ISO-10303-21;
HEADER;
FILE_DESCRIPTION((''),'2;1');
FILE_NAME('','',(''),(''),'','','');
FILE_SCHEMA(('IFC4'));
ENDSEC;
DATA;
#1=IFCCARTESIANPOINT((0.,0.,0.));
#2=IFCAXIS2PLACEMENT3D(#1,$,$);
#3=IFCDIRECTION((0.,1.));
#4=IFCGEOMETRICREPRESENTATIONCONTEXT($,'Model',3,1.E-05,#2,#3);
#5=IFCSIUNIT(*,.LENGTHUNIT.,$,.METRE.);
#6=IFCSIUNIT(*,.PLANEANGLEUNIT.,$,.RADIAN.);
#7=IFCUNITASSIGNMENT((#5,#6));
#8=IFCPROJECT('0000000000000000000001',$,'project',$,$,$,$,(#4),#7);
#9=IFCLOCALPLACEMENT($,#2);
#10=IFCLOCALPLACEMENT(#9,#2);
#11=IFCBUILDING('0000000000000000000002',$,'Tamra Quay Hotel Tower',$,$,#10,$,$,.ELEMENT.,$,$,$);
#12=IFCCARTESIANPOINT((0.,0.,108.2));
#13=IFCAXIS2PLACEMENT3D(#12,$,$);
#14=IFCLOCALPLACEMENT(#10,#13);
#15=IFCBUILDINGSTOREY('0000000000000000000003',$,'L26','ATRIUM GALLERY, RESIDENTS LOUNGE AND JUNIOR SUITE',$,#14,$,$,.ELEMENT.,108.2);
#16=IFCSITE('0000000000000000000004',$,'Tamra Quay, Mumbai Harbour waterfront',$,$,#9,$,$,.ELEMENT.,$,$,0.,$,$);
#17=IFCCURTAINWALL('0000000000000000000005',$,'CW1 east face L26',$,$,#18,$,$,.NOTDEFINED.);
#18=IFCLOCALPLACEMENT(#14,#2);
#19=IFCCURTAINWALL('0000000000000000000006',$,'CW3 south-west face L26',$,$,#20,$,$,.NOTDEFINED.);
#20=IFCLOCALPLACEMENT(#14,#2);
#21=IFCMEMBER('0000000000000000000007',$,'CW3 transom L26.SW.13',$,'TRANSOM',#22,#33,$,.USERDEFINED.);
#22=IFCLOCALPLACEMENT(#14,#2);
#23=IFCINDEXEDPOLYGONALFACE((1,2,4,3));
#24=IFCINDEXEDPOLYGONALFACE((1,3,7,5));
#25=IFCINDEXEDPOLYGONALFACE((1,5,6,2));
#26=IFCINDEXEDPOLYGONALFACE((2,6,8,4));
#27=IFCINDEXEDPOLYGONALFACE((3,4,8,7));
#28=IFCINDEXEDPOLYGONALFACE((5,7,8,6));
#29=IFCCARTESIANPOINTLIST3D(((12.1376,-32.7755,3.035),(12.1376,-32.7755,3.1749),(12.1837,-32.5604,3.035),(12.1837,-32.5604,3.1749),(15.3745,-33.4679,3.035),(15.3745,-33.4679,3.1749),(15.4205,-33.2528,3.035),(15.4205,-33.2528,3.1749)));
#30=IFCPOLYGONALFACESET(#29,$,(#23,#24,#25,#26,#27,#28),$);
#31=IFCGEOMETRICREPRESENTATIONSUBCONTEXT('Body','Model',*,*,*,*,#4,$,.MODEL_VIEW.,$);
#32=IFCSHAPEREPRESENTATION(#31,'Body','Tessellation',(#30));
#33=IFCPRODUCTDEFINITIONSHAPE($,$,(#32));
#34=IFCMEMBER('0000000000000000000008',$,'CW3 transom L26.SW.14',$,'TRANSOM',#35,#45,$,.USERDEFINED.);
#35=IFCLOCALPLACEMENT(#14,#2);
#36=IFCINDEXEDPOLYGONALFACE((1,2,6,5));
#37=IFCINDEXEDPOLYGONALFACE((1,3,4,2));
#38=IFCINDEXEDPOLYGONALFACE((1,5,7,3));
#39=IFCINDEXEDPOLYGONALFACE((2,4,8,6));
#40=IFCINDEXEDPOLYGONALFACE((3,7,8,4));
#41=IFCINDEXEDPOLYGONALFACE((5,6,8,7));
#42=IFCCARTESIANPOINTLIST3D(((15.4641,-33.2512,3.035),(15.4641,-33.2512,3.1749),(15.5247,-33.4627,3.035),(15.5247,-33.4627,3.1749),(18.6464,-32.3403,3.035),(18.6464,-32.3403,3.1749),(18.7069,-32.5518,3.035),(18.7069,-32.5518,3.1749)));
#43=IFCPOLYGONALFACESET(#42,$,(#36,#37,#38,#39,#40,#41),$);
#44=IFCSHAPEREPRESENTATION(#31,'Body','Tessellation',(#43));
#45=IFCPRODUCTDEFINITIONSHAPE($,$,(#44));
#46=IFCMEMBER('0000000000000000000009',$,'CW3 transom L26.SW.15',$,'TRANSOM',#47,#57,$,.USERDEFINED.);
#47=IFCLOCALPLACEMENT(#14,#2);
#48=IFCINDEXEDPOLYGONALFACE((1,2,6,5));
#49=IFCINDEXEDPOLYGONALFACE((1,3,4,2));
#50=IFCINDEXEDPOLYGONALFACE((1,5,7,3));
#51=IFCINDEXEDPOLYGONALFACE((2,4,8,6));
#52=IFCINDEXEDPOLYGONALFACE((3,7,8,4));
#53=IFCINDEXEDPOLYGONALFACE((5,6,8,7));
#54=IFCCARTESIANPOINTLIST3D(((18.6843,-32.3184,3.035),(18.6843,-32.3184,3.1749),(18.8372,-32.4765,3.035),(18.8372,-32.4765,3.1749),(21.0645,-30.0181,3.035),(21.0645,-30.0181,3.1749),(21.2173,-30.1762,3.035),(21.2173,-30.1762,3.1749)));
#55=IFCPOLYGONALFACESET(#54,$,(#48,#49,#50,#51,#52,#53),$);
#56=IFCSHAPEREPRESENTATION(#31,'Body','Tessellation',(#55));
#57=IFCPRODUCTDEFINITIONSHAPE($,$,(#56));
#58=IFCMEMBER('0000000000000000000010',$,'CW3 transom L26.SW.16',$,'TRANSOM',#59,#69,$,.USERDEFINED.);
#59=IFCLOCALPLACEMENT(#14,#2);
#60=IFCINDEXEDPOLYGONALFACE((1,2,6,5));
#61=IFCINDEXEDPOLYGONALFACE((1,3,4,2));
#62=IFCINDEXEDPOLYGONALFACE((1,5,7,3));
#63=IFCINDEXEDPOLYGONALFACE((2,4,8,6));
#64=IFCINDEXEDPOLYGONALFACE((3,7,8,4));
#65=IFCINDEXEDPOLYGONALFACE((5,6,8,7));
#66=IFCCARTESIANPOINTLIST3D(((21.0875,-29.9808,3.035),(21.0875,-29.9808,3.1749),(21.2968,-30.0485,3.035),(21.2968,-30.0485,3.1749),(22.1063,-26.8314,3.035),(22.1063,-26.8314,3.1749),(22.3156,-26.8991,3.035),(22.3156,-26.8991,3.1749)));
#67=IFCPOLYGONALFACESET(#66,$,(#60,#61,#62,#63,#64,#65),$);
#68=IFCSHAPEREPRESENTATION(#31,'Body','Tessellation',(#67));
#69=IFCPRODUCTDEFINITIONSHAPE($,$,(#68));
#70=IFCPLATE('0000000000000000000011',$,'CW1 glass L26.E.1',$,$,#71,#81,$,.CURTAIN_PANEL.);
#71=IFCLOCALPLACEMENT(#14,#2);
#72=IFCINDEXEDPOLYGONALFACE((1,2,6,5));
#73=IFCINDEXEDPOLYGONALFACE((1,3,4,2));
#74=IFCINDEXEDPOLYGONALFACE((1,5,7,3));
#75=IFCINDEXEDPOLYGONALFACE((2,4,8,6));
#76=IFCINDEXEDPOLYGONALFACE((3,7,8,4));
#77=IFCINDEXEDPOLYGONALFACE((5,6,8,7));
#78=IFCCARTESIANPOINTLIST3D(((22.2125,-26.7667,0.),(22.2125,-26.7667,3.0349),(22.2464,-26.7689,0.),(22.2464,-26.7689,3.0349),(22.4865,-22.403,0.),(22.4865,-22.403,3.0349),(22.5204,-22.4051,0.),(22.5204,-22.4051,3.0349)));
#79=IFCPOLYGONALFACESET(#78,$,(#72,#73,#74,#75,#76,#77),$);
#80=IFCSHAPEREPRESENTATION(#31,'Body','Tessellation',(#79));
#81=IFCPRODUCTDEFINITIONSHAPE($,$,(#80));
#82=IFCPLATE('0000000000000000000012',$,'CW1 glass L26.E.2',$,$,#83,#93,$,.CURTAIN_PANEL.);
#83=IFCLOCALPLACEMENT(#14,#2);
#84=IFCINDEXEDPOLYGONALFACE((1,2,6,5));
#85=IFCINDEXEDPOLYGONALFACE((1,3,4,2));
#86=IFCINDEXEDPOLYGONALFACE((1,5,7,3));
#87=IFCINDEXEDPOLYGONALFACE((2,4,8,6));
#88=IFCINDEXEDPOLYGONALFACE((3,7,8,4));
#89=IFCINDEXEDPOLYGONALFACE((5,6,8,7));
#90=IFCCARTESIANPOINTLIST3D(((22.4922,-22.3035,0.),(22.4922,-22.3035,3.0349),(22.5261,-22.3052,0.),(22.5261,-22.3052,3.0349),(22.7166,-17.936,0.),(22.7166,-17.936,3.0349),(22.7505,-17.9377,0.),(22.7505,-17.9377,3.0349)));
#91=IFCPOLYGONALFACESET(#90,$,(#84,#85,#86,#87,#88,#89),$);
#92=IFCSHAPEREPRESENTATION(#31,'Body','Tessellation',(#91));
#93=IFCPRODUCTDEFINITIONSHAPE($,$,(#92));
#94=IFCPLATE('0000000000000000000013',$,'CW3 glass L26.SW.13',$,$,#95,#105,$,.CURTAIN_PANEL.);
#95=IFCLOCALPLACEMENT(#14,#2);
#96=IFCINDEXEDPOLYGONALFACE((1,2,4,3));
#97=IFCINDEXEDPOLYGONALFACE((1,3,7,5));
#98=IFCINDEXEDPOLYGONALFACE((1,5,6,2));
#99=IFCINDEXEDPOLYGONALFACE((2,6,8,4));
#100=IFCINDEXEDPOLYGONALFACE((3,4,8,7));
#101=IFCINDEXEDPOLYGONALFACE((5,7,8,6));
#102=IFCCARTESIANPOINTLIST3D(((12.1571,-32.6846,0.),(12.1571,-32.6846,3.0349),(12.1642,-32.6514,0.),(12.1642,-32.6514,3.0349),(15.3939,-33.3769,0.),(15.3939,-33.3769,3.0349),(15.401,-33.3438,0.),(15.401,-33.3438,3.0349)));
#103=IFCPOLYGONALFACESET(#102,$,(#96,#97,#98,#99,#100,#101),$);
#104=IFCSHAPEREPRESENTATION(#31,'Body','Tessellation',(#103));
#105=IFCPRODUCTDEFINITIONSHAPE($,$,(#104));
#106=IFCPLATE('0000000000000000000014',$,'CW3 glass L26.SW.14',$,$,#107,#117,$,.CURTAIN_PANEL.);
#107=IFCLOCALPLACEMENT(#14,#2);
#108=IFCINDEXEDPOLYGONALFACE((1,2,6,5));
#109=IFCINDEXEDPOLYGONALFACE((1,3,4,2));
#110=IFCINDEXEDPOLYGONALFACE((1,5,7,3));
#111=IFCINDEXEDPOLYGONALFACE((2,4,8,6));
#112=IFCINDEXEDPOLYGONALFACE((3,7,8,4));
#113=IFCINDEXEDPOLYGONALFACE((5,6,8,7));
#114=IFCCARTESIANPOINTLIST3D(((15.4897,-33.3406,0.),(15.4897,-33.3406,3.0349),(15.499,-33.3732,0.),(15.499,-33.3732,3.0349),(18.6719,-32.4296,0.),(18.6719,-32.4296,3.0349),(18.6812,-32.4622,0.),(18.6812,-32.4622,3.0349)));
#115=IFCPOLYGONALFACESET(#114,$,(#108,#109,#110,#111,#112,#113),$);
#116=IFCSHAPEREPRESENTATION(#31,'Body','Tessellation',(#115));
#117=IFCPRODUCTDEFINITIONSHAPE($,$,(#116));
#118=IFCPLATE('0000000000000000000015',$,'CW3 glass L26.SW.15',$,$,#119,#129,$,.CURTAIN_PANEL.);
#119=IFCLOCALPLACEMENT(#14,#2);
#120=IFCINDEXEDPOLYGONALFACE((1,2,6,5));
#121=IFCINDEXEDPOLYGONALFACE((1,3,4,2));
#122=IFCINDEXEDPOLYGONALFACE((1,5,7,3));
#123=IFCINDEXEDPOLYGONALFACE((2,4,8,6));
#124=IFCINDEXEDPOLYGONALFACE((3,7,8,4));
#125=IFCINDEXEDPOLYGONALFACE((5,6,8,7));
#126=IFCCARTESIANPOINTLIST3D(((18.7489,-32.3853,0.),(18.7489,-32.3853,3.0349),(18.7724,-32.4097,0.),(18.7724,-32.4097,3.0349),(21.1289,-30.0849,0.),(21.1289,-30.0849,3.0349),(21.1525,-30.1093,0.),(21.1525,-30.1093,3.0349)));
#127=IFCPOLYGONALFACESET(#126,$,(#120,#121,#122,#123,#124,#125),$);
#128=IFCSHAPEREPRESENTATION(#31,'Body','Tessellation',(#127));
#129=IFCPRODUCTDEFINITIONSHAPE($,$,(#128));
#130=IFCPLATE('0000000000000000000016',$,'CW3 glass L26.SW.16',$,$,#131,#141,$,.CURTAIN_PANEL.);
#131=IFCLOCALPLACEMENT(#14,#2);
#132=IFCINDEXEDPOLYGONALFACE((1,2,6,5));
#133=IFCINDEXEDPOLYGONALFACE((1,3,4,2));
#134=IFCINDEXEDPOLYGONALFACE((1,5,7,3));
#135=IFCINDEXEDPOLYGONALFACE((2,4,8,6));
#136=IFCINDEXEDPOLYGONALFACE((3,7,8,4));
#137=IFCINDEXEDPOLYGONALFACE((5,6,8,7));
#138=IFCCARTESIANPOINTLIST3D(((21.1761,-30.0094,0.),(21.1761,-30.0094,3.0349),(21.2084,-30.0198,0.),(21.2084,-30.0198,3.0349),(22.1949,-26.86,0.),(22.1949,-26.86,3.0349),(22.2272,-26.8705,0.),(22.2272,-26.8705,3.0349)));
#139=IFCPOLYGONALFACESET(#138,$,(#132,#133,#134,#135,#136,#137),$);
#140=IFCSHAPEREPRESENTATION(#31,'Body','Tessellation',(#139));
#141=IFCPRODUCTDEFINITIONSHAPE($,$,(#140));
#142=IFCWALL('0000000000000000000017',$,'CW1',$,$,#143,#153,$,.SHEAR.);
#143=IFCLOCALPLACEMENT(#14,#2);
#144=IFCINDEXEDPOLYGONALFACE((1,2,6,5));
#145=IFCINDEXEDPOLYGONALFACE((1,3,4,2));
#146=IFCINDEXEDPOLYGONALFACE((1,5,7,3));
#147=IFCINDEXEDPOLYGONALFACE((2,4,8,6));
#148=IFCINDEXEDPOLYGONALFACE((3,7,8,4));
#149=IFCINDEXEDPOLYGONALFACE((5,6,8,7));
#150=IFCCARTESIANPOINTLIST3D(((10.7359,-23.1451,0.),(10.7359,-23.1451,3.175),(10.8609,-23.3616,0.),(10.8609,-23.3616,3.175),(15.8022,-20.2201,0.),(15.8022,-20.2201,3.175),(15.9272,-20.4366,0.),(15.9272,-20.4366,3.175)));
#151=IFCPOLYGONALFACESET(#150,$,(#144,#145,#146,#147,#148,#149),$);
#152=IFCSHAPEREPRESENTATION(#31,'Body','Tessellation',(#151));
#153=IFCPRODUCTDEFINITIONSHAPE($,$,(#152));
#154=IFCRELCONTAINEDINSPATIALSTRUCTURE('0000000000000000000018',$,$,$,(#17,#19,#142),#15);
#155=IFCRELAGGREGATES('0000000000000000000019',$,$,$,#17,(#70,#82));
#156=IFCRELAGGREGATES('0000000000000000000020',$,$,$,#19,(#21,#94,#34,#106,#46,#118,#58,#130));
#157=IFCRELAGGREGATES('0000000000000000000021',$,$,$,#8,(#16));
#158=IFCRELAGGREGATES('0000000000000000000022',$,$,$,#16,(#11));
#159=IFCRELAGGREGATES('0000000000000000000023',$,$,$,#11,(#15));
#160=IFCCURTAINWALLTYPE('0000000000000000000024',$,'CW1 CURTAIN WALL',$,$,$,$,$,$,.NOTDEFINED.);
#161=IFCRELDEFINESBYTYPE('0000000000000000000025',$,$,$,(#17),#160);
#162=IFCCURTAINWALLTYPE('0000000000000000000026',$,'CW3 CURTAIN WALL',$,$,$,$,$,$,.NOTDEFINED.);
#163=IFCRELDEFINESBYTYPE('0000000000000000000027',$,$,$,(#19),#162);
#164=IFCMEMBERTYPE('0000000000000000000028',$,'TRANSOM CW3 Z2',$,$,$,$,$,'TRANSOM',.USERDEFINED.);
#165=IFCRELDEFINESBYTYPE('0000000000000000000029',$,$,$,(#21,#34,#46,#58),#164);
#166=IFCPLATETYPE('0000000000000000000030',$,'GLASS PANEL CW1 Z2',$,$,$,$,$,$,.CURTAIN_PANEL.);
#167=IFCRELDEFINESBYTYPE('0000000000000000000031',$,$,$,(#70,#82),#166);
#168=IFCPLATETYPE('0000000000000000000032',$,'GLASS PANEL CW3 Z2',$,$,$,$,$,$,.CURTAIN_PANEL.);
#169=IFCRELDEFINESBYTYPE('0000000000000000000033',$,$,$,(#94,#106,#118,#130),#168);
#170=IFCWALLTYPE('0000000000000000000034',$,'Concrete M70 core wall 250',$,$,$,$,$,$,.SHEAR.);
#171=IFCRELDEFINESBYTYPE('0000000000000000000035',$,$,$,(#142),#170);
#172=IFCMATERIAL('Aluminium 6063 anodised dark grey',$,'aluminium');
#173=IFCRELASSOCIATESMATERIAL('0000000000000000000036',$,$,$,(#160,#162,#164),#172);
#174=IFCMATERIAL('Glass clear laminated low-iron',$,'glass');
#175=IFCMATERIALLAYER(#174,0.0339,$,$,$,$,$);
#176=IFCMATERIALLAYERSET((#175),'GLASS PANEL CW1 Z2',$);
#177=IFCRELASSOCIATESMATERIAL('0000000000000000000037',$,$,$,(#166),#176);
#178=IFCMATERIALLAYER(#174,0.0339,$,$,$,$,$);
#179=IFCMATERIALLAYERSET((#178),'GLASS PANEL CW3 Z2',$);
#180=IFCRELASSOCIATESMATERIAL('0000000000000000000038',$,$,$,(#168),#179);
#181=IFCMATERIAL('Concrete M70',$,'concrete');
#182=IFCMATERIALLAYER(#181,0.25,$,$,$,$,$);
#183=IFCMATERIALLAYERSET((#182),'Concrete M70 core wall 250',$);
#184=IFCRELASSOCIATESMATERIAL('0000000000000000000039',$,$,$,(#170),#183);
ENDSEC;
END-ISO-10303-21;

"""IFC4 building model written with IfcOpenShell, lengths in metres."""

from ifc_helpers import new_model, si_unit, direction, frame, frame_2d, origin, origin_2d, place, context, subcontext, project, spatial, rectangle, extrude, material, layer, layer_set, material_profile, profile_set, type_object, element, aggregate, save


model = new_model("IFC4")

# Units and contexts
model_context = context("Model", 3, precision=1e-05, world=origin(), true_north=direction((0.0, 1.0)))
body_context = subcontext(model_context, "Body", "Model", "MODEL_VIEW")
ifc_project = project(units=[si_unit("LENGTHUNIT", "METRE"), si_unit("PLANEANGLEUNIT", "RADIAN")], contexts=[model_context])

# Site, building, storey
site_placement = place(None, origin())
site = spatial("IfcSite", under=ifc_project, at=site_placement, Name="Tamra Quay, Mumbai Harbour waterfront", CompositionType="ELEMENT", RefElevation=0.0)
building_placement = place(site_placement, origin())
building = spatial("IfcBuilding", under=site, at=building_placement, Name="Tamra Quay Hotel Tower", CompositionType="ELEMENT")
storey_placement = place(building_placement, frame((0.0, 0.0, 108.2)))
storey = spatial("IfcBuildingStorey", under=building, at=storey_placement, Name="L26", Description="ATRIUM GALLERY, RESIDENTS LOUNGE AND JUNIOR SUITE", CompositionType="ELEMENT", Elevation=108.2)

# Shared definitions
ifc_material_1 = material(Name="Concrete M70", Category="concrete")

# Curtain walls
ifc_material_2 = material(Name="Aluminium 6063 anodised dark grey", Category="aluminium")
curtain_wall_type_1 = type_object("IfcCurtainWallType", Name="CW1 CURTAIN WALL", PredefinedType="NOTDEFINED", material=ifc_material_2)
curtain_wall_1_placement = place(storey_placement, origin())
curtain_wall_1 = element("IfcCurtainWall", 1, at=curtain_wall_1_placement, inside=storey, type_object=curtain_wall_type_1, Name="CW1 east face L26", PredefinedType="NOTDEFINED")
curtain_wall_type_2 = type_object("IfcCurtainWallType", Name="CW3 CURTAIN WALL", PredefinedType="NOTDEFINED", material=ifc_material_2)
curtain_wall_2_placement = place(storey_placement, origin())
curtain_wall_2 = element("IfcCurtainWall", 2, at=curtain_wall_2_placement, inside=storey, type_object=curtain_wall_type_2, Name="CW3 south-west face L26", PredefinedType="NOTDEFINED")

# Members
ifc_material_profile_1 = material_profile(ifc_material_2, rectangle(XDim=0.22, YDim=0.1399, at=origin_2d()), Name="TRANSOM 220X140")
ifc_profile_set_1 = profile_set([ifc_material_profile_1], Name="Aluminium 6063 anodised dark grey")
member_type_1 = type_object("IfcMemberType", Name="TRANSOM CW3 Z2", ElementType="TRANSOM", PredefinedType="USERDEFINED", material=ifc_profile_set_1)
member_1_placement = place(storey_placement, frame((12.1606, -32.668, 3.105), z_axis=(0.977878, -0.209176, 0.0), x_axis=(0.209176, 0.977878, 0.0)))
member_1 = element("IfcMember", 3, at=member_1_placement, type_object=member_type_1, Name="CW3 transom L26.SW.13", ObjectType="TRANSOM", PredefinedType="USERDEFINED", context=body_context, shape_type="SweptSolid", body=[
    extrude(rectangle(XDim=0.22, YDim=0.1399, at=origin_2d()), origin(), (0.0, 0.0, 1.0), 3.3101),
])
member_2_placement = place(storey_placement, frame((15.4944, -33.3569, 3.105), z_axis=(0.961393, 0.275179, 0.0), x_axis=(-0.275179, 0.961393, 0.0)))
member_2 = element("IfcMember", 4, at=member_2_placement, type_object=member_type_1, Name="CW3 transom L26.SW.14", ObjectType="TRANSOM", PredefinedType="USERDEFINED", context=body_context, shape_type="SweptSolid", body=[
    extrude(rectangle(XDim=0.22, YDim=0.1399, at=origin_2d()), origin(), (0.0, 0.0, 1.0), 3.3101),
])
member_3_placement = place(storey_placement, frame((18.7607, -32.3975, 3.105), z_axis=(0.719063, 0.694945, 0.0), x_axis=(-0.694945, 0.719063, 0.0)))
member_3 = element("IfcMember", 5, at=member_3_placement, type_object=member_type_1, Name="CW3 transom L26.SW.15", ObjectType="TRANSOM", PredefinedType="USERDEFINED", context=body_context, shape_type="SweptSolid", body=[
    extrude(rectangle(XDim=0.22, YDim=0.1399, at=origin_2d()), origin(), (0.0, 0.0, 1.0), 3.3101),
])
member_4_placement = place(storey_placement, frame((21.1921, -30.0146, 3.105), z_axis=(0.307785, 0.951456, 0.0), x_axis=(-0.951456, 0.307785, 0.0)))
member_4 = element("IfcMember", 6, at=member_4_placement, type_object=member_type_1, Name="CW3 transom L26.SW.16", ObjectType="TRANSOM", PredefinedType="USERDEFINED", context=body_context, shape_type="SweptSolid", body=[
    extrude(rectangle(XDim=0.22, YDim=0.1399, at=origin_2d()), origin(), (0.0, 0.0, 1.0), 3.3101),
])

# Plates
ifc_material_3 = material(Name="Glass clear laminated low-iron", Category="glass")
ifc_layer_1 = layer(ifc_material_3, 0.0339)
ifc_layer_set_1 = layer_set([ifc_layer_1], Name="GLASS PANEL CW1 Z2")
plate_type_1 = type_object("IfcPlateType", Name="GLASS PANEL CW1 Z2", PredefinedType="CURTAIN_PANEL", material=ifc_layer_set_1)
plate_1_placement = place(storey_placement, frame((22.3665, -24.5859, 0.0), z_axis=(0.0, 0.0, 1.0), x_axis=(0.06267, 0.998034, 0.0)))
plate_1 = element("IfcPlate", 7, at=plate_1_placement, type_object=plate_type_1, Name="CW1 glass L26.E.1", PredefinedType="CURTAIN_PANEL", context=body_context, shape_type="SweptSolid", body=[
    extrude(rectangle(XDim=4.3723, YDim=0.0339, at=origin_2d()), origin(), (0.0, 0.0, 1.0), 3.0349),
])
plate_2_placement = place(storey_placement, frame((22.6213, -20.1206, 0.0), z_axis=(0.0, 0.0, 1.0), x_axis=(0.051321, 0.998682, 0.0)))
plate_2 = element("IfcPlate", 8, at=plate_2_placement, type_object=plate_type_1, Name="CW1 glass L26.E.2", PredefinedType="CURTAIN_PANEL", context=body_context, shape_type="SweptSolid", body=[
    extrude(rectangle(XDim=4.3733, YDim=0.0339, at=origin_2d()), origin(), (0.0, 0.0, 1.0), 3.0349),
])
aggregate(curtain_wall_1, [plate_1, plate_2])
ifc_layer_2 = layer(ifc_material_3, 0.0339)
ifc_layer_set_2 = layer_set([ifc_layer_2], Name="GLASS PANEL CW3 Z2")
plate_type_2 = type_object("IfcPlateType", Name="GLASS PANEL CW3 Z2", PredefinedType="CURTAIN_PANEL", material=ifc_layer_set_2)
plate_3_placement = place(storey_placement, frame((13.7791, -33.0142, 0.0), z_axis=(0.0, 0.0, 1.0), x_axis=(0.977879, -0.209172, 0.0)))
plate_3 = element("IfcPlate", 9, at=plate_3_placement, type_object=plate_type_2, Name="CW3 glass L26.SW.13", PredefinedType="CURTAIN_PANEL", context=body_context, shape_type="SweptSolid", body=[
    extrude(rectangle(XDim=3.3101, YDim=0.0339, at=origin_2d()), origin(), (0.0, 0.0, 1.0), 3.0349),
])
plate_4_placement = place(storey_placement, frame((17.0854, -32.9014, 0.0), z_axis=(0.0, 0.0, 1.0), x_axis=(0.96138, 0.275224, 0.0)))
plate_4 = element("IfcPlate", 10, at=plate_4_placement, type_object=plate_type_2, Name="CW3 glass L26.SW.14", PredefinedType="CURTAIN_PANEL", context=body_context, shape_type="SweptSolid", body=[
    extrude(rectangle(XDim=3.3101, YDim=0.0339, at=origin_2d()), origin(), (0.0, 0.0, 1.0), 3.0349),
])
plate_5_placement = place(storey_placement, frame((19.9507, -31.2473, 0.0), z_axis=(0.0, 0.0, 1.0), x_axis=(0.719041, 0.694967, 0.0)))
plate_5 = element("IfcPlate", 11, at=plate_5_placement, type_object=plate_type_2, Name="CW3 glass L26.SW.15", PredefinedType="CURTAIN_PANEL", context=body_context, shape_type="SweptSolid", body=[
    extrude(rectangle(XDim=3.3101, YDim=0.0339, at=origin_2d()), origin(), (0.0, 0.0, 1.0), 3.0349),
])
plate_6_placement = place(storey_placement, frame((21.7017, -28.4399, 0.0), z_axis=(0.0, 0.0, 1.0), x_axis=(0.307791, 0.951454, 0.0)))
plate_6 = element("IfcPlate", 12, at=plate_6_placement, type_object=plate_type_2, Name="CW3 glass L26.SW.16", PredefinedType="CURTAIN_PANEL", context=body_context, shape_type="SweptSolid", body=[
    extrude(rectangle(XDim=3.3101, YDim=0.0339, at=origin_2d()), origin(), (0.0, 0.0, 1.0), 3.0349),
])
aggregate(curtain_wall_2, [member_1, plate_3, member_2, plate_4, member_3, plate_5, member_4, plate_6])

# Wall
ifc_layer_3 = layer(ifc_material_1, 0.25)
ifc_layer_set_3 = layer_set([ifc_layer_3], Name="Concrete M70 core wall 250")
wall_type = type_object("IfcWallType", Name="Concrete M70 core wall 250", PredefinedType="SHEAR", material=ifc_layer_set_3)
wall_placement = place(storey_placement, frame((15.8647, -20.3284, 0.0), z_axis=(0.0, 0.0, 1.0), x_axis=(-0.866029, -0.499995, 0.0)))
element("IfcWall", 13, at=wall_placement, inside=storey, type_object=wall_type, Name="CW1", PredefinedType="SHEAR", context=body_context, shape_type="SweptSolid", body=[
    extrude(rectangle(XDim=5.8501, YDim=0.25, at=frame_2d((2.925, 0.0))), origin(), (0.0, 0.0, 1.0), 3.175),
])

save(model, "model.ifc")
